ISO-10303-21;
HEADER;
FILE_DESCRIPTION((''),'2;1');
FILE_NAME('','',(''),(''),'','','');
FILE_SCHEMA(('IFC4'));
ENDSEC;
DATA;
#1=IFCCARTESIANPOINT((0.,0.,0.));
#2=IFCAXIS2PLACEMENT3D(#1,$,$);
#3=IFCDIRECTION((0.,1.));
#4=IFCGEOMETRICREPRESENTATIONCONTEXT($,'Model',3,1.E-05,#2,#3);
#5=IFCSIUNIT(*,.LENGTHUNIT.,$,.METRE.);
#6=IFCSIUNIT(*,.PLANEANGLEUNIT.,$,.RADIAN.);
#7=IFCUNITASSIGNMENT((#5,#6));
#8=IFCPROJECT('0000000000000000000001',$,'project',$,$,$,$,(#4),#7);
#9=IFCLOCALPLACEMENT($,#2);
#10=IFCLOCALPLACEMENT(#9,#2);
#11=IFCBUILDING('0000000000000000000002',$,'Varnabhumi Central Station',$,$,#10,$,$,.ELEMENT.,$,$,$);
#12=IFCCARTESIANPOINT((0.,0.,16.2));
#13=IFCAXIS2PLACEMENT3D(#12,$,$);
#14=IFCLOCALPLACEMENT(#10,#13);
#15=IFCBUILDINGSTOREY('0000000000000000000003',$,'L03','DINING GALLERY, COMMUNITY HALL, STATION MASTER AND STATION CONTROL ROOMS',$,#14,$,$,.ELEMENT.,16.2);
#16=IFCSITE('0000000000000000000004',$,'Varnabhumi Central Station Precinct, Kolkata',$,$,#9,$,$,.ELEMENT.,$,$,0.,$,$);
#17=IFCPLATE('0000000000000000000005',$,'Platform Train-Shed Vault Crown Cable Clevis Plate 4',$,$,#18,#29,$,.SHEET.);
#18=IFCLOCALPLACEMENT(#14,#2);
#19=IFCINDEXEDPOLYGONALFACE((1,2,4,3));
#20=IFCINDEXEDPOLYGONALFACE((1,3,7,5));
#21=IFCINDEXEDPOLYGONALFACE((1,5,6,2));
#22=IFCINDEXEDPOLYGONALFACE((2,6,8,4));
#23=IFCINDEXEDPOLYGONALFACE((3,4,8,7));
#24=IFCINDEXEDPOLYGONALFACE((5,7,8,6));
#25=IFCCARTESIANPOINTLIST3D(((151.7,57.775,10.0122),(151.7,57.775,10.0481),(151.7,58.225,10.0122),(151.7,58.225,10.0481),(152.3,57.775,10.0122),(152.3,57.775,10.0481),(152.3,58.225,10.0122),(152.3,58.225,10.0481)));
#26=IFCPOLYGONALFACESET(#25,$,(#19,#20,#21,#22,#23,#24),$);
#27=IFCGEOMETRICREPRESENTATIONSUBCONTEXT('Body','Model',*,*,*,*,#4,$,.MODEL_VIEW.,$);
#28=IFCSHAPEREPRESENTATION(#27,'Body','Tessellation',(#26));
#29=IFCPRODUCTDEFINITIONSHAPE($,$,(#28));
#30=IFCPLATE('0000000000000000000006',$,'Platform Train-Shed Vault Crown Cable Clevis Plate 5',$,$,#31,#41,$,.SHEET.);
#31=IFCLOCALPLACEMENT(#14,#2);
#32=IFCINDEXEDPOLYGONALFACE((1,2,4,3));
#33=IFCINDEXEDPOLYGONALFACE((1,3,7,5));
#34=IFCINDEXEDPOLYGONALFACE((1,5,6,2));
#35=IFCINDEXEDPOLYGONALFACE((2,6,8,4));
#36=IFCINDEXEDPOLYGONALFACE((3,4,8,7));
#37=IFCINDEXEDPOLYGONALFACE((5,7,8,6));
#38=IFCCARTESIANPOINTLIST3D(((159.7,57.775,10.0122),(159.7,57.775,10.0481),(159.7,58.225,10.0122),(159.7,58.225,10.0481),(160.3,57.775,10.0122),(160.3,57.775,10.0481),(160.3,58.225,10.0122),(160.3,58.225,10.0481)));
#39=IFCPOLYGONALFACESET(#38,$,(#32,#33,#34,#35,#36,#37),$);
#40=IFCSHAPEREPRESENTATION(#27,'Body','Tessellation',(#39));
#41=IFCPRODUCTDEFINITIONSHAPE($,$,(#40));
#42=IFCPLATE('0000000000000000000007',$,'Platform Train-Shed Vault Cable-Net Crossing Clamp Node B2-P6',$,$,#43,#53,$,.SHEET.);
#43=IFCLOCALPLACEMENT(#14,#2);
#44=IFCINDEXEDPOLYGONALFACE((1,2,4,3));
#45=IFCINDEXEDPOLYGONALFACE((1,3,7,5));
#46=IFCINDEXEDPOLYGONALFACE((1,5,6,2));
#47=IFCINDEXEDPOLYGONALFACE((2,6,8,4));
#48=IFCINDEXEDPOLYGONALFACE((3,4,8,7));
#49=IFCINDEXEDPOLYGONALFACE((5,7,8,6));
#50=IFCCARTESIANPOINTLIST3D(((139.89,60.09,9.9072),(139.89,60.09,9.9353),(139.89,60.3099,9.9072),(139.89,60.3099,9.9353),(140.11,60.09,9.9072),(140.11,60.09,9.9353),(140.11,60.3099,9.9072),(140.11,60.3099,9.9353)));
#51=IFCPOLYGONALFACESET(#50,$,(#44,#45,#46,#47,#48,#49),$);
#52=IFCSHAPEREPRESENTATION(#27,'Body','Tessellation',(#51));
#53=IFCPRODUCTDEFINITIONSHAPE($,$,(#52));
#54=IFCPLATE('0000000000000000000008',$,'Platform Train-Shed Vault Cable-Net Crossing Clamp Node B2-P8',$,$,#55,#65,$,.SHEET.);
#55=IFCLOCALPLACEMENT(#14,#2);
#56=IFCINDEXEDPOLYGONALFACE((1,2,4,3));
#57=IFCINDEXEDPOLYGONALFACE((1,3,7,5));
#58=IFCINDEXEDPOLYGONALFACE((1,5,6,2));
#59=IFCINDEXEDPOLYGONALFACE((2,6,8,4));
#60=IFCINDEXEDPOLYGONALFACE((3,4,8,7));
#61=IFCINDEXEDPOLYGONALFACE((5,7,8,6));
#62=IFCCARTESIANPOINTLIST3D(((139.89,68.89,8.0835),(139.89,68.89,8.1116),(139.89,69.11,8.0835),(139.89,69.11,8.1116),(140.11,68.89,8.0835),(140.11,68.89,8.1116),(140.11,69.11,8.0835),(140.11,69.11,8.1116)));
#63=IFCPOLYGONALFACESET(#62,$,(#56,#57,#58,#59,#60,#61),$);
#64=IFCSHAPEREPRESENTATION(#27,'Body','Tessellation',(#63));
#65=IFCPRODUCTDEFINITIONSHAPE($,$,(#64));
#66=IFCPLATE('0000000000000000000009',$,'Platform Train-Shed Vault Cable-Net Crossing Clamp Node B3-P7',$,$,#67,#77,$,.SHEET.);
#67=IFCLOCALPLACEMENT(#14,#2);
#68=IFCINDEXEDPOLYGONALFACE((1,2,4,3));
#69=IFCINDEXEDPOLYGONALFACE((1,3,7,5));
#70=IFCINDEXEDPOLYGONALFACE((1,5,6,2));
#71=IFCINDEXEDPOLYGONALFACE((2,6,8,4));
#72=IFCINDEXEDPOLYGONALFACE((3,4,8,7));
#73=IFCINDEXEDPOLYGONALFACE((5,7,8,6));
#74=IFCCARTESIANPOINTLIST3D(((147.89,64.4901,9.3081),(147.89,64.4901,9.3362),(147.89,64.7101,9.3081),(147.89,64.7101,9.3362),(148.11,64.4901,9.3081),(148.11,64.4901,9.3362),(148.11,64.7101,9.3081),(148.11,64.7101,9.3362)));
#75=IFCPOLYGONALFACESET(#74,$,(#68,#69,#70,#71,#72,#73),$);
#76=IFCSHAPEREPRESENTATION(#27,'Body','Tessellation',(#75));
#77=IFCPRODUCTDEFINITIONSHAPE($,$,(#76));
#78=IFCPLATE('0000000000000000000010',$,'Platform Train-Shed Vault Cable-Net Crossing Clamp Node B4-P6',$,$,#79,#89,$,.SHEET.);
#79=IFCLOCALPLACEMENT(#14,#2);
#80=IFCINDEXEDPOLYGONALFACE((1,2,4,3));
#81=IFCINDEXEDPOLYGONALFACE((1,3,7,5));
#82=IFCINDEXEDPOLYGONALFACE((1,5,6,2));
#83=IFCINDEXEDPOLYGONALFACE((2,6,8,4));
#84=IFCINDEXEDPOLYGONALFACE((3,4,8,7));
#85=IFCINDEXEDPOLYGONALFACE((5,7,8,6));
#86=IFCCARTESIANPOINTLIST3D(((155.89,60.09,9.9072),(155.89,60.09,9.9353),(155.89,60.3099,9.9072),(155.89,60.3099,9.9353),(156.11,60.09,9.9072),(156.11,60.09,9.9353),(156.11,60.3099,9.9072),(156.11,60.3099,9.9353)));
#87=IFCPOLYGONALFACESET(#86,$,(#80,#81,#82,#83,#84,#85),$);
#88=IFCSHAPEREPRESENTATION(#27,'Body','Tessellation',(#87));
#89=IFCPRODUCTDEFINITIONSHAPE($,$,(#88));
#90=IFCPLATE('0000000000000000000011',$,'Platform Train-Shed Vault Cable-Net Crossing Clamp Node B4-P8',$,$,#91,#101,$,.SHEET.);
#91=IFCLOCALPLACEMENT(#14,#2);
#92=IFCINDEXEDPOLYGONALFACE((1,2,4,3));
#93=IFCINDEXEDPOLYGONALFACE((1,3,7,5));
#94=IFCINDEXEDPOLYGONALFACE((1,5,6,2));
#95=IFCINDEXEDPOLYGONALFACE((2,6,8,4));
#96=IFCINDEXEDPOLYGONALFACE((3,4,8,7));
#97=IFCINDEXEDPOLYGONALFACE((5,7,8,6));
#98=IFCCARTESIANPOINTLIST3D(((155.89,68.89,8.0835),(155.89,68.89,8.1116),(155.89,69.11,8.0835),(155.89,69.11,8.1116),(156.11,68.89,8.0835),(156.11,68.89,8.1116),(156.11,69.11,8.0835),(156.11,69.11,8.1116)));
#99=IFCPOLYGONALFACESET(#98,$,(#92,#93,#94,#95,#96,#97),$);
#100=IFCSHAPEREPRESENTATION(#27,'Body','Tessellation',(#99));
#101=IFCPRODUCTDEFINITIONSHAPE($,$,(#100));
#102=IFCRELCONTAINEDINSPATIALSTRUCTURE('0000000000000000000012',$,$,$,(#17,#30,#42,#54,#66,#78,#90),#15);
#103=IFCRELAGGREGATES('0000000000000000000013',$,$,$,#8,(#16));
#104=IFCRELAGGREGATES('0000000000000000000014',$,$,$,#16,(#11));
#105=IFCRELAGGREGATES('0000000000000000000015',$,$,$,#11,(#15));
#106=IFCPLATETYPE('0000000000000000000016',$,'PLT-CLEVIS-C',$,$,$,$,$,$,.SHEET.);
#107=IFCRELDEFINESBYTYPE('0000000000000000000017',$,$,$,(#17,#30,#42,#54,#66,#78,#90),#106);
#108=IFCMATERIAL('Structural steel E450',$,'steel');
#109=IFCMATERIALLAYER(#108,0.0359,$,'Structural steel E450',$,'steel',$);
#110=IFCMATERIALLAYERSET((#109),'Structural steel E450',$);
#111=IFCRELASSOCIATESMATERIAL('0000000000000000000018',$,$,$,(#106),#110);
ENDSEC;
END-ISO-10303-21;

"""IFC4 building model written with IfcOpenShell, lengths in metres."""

from ifc_helpers import new_model, si_unit, direction, frame, origin, origin_2d, place, context, subcontext, project, spatial, rectangle, extrude, material, layer, layer_set, type_object, element, save


model = new_model("IFC4")

# Units and contexts
model_context = context("Model", 3, precision=1e-05, world=origin(), true_north=direction((0.0, 1.0)))
body_context = subcontext(model_context, "Body", "Model", "MODEL_VIEW")
ifc_project = project(units=[si_unit("LENGTHUNIT", "METRE"), si_unit("PLANEANGLEUNIT", "RADIAN")], contexts=[model_context])

# Site, building, storey
site_placement = place(None, origin())
site = spatial("IfcSite", under=ifc_project, at=site_placement, Name="Varnabhumi Central Station Precinct, Kolkata", CompositionType="ELEMENT", RefElevation=0.0)
building_placement = place(site_placement, origin())
building = spatial("IfcBuilding", under=site, at=building_placement, Name="Varnabhumi Central Station", CompositionType="ELEMENT")
storey_placement = place(building_placement, frame((0.0, 0.0, 16.2)))
storey = spatial("IfcBuildingStorey", under=building, at=storey_placement, Name="L03", Description="DINING GALLERY, COMMUNITY HALL, STATION MASTER AND STATION CONTROL ROOMS", CompositionType="ELEMENT", Elevation=16.2)

# Shared definitions
ifc_material_1 = material(Name="Structural steel E450", Category="steel")

# Plates
ifc_layer = layer(ifc_material_1, 0.0359, Name="Structural steel E450", Category="steel")
ifc_layer_set = layer_set([ifc_layer], Name="Structural steel E450")
plate_type = type_object("IfcPlateType", Name="PLT-CLEVIS-C", PredefinedType="SHEET", material=ifc_layer_set)
for number, where, z_axis, x_axis, name in (
    (1, (152.0, 58.0, 10.0122), (0.0, 0.0, 1.0), (1.0, 0.0, 0.0), "Platform Train-Shed Vault Crown Cable Clevis Plate 4"),
    (2, (160.0, 58.0, 10.0122), (0.0, 0.0, 1.0), (1.0, 0.0, 0.0), "Platform Train-Shed Vault Crown Cable Clevis Plate 5"),
):
    element("IfcPlate", number, at=place(storey_placement, frame(where, z_axis=z_axis, x_axis=x_axis)), inside=storey, type_object=plate_type, Name=name, PredefinedType="SHEET", context=body_context, shape_type="SweptSolid", body=[
        extrude(rectangle(XDim=0.6001, YDim=0.45, at=origin_2d()), origin(), (0.0, 0.0, 1.0), 0.0359),
    ])
for number, where, z_axis, x_axis, name in (
    (3, (140.0, 60.2, 9.9072), (0.0, 0.0, 1.0), (1.0, 0.0, 0.0), "Platform Train-Shed Vault Cable-Net Crossing Clamp Node B2-P6"),
    (4, (140.0, 69.0, 8.0835), (0.0, 0.0, 1.0), (1.0, 0.0, 0.0), "Platform Train-Shed Vault Cable-Net Crossing Clamp Node B2-P8"),
    (5, (148.0, 64.6001, 9.3081), (0.0, 0.0, 1.0), (1.0, 0.0, 0.0), "Platform Train-Shed Vault Cable-Net Crossing Clamp Node B3-P7"),
    (6, (156.0, 60.2, 9.9072), (0.0, 0.0, 1.0), (1.0, 0.0, 0.0), "Platform Train-Shed Vault Cable-Net Crossing Clamp Node B4-P6"),
    (7, (156.0, 69.0, 8.0835), (0.0, 0.0, 1.0), (1.0, 0.0, 0.0), "Platform Train-Shed Vault Cable-Net Crossing Clamp Node B4-P8"),
):
    element("IfcPlate", number, at=place(storey_placement, frame(where, z_axis=z_axis, x_axis=x_axis)), inside=storey, type_object=plate_type, Name=name, PredefinedType="SHEET", context=body_context, shape_type="SweptSolid", body=[
        extrude(rectangle(XDim=0.22, YDim=0.22, at=origin_2d()), origin(), (0.0, 0.0, 1.0), 0.0281),
    ])

save(model, "model.ifc")
